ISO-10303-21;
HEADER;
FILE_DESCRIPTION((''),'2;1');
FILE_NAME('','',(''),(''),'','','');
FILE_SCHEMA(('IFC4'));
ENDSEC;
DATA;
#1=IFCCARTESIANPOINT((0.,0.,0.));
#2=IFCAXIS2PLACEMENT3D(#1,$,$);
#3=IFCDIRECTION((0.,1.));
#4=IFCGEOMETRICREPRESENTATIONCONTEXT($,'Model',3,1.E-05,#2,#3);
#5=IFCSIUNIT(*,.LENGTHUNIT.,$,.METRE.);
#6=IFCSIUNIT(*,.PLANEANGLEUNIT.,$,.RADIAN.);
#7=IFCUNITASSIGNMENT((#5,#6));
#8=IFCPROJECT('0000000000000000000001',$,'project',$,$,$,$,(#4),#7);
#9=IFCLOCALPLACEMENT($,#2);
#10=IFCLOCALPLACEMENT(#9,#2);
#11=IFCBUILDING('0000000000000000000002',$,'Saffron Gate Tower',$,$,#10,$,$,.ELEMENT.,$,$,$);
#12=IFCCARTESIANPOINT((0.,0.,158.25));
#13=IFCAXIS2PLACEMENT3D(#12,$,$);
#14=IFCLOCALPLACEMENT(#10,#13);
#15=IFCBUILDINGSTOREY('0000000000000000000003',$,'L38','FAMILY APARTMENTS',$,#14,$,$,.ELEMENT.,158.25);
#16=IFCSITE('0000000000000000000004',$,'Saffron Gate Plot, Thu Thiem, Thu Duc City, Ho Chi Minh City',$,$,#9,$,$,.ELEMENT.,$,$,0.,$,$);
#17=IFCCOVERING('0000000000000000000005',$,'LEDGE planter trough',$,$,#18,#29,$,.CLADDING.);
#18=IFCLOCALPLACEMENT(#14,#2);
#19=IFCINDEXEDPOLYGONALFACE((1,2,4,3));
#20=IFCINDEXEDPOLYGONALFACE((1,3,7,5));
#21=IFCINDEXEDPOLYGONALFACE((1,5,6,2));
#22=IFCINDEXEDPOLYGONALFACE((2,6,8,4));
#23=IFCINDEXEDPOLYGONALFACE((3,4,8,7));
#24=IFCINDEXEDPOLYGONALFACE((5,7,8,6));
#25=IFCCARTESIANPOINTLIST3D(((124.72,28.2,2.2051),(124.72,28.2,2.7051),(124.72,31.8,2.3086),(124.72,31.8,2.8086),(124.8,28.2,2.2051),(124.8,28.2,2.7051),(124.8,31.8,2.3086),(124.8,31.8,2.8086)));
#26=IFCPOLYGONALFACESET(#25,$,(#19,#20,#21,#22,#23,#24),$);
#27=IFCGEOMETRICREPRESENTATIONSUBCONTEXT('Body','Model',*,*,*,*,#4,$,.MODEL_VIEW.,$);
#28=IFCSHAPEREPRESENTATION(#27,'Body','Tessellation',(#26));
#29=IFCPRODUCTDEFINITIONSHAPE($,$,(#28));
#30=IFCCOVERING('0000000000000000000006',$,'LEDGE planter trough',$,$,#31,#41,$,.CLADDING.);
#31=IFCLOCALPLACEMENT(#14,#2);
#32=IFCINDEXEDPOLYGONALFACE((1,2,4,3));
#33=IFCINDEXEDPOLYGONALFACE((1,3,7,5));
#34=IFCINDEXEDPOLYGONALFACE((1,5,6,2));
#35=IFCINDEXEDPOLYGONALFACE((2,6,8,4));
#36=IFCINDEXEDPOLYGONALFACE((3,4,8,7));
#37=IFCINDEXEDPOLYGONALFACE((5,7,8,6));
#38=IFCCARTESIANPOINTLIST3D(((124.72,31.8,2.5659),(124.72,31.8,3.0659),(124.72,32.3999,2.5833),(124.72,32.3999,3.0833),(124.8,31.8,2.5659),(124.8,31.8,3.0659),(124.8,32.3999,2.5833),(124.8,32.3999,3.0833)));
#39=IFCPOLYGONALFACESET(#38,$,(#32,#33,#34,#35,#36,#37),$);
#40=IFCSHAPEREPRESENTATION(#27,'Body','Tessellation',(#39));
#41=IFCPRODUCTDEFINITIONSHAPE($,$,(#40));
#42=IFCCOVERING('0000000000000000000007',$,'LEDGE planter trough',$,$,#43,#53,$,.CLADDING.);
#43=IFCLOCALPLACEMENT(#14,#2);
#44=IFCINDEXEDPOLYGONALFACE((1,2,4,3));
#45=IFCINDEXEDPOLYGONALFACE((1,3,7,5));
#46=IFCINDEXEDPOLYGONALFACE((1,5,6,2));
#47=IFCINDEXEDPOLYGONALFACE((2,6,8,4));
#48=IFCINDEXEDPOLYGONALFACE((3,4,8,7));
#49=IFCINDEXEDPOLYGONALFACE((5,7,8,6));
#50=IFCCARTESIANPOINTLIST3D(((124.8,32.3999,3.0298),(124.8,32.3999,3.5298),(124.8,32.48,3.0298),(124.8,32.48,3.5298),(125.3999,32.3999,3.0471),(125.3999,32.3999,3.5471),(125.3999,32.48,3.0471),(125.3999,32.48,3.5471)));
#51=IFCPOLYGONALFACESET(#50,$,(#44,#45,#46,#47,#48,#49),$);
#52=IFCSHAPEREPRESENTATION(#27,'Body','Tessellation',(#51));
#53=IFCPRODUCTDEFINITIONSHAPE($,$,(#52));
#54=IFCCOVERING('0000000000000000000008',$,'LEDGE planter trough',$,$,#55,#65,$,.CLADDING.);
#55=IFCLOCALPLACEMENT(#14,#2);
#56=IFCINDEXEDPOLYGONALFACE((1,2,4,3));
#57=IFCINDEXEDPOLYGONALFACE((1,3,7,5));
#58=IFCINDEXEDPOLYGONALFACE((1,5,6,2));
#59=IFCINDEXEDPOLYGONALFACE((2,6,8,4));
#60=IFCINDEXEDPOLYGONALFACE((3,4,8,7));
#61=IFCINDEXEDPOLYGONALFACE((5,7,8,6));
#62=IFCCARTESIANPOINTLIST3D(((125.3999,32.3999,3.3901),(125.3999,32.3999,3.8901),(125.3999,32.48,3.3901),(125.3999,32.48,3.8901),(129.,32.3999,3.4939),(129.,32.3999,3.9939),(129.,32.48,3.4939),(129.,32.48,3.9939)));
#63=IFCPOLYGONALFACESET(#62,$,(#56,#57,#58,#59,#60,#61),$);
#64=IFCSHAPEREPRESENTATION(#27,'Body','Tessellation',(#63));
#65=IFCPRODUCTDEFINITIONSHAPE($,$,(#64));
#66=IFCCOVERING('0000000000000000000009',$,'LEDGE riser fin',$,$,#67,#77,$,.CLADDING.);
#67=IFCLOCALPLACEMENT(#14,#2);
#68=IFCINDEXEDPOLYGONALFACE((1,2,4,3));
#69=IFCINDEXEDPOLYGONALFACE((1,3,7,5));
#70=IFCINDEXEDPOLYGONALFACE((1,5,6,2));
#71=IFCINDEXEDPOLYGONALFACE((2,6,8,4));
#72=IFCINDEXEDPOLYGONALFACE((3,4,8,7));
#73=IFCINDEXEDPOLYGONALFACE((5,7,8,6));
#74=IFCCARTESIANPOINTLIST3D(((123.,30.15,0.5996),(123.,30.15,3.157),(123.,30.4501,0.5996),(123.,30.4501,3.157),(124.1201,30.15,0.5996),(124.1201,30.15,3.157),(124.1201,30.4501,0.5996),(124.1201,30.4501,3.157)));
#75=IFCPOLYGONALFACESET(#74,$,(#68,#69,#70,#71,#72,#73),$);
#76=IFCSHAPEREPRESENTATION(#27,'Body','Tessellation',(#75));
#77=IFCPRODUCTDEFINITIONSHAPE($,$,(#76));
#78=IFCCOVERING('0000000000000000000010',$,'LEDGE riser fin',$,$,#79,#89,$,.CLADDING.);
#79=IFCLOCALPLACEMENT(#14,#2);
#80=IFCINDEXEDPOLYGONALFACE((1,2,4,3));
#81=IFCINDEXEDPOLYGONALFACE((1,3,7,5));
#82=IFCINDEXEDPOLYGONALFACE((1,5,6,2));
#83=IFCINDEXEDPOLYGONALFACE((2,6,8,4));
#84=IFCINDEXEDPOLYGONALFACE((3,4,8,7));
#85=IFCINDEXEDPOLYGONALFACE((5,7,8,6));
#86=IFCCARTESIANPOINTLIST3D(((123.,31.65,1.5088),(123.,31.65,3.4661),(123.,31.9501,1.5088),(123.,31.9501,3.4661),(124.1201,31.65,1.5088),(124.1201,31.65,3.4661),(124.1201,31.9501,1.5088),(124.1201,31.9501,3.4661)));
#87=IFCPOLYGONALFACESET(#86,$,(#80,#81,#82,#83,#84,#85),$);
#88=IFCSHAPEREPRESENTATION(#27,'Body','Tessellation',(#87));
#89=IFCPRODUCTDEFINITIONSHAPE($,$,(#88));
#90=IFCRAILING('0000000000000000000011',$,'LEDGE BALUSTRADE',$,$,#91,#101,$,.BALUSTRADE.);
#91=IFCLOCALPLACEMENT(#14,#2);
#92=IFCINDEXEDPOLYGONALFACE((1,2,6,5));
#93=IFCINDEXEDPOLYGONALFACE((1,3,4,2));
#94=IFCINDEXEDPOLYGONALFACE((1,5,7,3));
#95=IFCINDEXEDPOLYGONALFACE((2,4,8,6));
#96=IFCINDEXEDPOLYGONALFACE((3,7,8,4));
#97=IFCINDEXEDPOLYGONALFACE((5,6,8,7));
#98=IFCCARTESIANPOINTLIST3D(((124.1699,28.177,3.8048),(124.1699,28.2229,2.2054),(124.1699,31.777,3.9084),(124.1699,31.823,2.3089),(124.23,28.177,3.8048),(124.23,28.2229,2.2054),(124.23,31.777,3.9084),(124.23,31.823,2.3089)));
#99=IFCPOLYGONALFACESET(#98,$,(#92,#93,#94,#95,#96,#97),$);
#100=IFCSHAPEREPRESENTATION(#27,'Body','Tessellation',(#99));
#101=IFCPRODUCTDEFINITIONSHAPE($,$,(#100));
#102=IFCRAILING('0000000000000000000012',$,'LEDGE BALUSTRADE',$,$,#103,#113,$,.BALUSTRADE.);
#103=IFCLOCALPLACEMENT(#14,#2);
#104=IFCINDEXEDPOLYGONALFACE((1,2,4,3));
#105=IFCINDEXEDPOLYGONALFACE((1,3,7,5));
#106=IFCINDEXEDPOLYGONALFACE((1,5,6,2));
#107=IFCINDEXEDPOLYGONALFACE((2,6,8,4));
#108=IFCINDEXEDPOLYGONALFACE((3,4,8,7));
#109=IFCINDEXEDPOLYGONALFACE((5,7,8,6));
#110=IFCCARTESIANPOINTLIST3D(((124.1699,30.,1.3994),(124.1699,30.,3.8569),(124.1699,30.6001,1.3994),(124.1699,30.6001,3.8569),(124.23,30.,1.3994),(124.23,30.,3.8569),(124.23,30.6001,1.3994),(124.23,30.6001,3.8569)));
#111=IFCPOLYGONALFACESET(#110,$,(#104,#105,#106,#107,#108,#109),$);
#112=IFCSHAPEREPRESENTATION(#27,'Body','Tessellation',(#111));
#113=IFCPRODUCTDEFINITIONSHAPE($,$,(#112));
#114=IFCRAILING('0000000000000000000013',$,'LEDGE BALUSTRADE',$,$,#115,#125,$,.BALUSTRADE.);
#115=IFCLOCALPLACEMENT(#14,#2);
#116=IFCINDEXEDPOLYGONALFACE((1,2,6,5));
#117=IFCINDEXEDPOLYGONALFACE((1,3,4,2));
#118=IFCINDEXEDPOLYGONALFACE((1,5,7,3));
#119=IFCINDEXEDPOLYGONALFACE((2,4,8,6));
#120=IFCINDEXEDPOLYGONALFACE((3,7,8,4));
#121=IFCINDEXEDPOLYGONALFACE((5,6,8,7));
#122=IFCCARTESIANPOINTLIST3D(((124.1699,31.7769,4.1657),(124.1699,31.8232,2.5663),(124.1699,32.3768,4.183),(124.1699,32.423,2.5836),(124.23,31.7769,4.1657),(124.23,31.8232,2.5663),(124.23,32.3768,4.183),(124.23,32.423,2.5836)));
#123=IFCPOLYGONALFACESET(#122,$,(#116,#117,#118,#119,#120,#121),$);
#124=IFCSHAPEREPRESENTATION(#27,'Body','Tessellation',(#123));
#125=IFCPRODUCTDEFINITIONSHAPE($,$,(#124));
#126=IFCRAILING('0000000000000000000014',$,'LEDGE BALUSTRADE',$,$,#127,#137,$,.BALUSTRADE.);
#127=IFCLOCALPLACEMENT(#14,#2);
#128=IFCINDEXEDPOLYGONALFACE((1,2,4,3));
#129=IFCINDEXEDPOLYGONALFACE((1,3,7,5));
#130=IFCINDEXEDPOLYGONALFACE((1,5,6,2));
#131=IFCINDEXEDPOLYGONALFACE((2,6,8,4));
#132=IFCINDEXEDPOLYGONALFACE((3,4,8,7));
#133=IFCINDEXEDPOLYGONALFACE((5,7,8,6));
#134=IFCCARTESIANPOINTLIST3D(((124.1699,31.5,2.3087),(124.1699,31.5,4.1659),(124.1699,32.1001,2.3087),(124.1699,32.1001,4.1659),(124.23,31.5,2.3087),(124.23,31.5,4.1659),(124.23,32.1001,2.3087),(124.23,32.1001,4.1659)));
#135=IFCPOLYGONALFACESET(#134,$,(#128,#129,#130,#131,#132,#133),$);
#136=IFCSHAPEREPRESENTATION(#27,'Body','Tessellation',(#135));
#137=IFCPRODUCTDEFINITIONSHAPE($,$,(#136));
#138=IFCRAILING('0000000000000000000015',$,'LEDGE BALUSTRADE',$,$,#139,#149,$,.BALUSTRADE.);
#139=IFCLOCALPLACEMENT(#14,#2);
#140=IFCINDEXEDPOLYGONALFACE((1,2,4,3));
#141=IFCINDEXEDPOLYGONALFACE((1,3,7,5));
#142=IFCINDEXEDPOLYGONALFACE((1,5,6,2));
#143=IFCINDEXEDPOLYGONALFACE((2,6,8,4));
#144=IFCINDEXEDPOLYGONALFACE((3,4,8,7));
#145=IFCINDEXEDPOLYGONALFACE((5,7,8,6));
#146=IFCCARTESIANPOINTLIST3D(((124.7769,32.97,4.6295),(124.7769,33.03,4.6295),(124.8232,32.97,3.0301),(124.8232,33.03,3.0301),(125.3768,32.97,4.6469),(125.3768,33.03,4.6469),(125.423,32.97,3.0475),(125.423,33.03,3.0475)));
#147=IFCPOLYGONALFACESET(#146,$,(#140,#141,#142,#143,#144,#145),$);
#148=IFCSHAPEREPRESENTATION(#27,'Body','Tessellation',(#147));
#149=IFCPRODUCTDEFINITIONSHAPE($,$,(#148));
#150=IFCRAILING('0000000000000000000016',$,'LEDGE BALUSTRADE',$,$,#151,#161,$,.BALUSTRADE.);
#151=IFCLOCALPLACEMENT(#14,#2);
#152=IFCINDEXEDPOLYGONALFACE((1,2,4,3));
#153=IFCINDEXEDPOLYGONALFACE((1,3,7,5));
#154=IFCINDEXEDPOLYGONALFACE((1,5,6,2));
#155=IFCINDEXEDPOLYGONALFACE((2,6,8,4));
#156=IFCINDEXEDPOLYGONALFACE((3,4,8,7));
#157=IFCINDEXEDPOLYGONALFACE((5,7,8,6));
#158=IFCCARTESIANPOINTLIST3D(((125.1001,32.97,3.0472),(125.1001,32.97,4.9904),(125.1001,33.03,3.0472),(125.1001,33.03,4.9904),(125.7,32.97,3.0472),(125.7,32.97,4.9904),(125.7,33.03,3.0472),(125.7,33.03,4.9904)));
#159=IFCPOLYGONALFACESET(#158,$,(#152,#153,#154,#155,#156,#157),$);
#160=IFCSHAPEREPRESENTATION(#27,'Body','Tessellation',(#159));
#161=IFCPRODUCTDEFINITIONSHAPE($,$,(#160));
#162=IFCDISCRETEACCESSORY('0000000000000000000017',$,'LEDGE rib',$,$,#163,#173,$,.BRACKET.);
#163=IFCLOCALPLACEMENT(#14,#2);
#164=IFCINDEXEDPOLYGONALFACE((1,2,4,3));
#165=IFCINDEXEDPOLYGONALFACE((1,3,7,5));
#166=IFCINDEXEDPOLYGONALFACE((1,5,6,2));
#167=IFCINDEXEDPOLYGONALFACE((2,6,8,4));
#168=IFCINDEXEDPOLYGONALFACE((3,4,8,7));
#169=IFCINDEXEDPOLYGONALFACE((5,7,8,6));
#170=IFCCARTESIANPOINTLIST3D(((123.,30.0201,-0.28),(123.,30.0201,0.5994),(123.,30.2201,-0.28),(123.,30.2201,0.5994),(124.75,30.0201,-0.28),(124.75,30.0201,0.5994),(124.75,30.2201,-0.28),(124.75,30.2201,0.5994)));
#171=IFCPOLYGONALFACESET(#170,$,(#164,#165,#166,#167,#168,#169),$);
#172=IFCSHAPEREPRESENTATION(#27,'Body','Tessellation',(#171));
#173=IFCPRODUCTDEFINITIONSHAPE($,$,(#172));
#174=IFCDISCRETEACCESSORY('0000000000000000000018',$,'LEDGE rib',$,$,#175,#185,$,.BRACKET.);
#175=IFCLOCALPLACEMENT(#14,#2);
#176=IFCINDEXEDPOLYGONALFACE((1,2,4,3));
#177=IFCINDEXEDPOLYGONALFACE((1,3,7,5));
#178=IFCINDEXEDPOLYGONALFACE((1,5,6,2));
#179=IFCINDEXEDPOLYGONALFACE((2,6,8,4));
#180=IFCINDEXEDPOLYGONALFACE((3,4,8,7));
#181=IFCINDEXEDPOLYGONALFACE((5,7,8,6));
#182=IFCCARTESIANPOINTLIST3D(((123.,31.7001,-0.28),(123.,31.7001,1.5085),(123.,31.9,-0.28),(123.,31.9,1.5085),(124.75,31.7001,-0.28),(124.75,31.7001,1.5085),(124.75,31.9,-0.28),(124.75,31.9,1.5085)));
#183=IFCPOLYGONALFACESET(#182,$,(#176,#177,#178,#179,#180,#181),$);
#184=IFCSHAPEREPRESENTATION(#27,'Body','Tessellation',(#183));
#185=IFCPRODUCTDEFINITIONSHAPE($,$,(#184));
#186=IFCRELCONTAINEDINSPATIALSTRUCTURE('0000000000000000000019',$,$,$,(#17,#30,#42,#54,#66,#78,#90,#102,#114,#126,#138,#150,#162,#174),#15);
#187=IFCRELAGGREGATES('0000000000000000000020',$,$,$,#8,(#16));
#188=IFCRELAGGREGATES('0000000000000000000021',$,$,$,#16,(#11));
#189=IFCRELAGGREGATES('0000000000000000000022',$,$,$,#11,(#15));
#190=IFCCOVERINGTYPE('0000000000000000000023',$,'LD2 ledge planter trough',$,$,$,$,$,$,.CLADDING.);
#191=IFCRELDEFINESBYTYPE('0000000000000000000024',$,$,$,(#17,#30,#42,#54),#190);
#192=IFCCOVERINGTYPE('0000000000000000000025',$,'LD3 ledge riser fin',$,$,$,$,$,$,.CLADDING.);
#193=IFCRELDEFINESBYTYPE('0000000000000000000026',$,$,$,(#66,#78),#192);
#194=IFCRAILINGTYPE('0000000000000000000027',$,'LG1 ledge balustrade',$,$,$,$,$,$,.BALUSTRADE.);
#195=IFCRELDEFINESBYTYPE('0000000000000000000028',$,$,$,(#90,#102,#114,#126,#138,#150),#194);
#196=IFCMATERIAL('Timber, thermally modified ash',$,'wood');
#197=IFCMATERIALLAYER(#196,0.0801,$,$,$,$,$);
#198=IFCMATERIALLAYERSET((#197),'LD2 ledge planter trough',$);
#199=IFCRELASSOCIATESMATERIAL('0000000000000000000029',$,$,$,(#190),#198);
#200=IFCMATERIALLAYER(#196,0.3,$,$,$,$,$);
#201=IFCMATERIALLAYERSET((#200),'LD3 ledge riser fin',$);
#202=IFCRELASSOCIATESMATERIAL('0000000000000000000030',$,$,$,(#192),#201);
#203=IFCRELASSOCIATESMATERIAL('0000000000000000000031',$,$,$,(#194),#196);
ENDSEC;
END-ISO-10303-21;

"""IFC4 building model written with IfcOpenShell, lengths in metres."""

from ifc_helpers import new_model, si_unit, direction, frame, origin, origin_2d, place, context, subcontext, project, spatial, polyline, rectangle, outline, extrude, material, layer, layer_set, type_object, element, save


model = new_model("IFC4")

# Units and contexts
model_context = context("Model", 3, precision=1e-05, world=origin(), true_north=direction((0.0, 1.0)))
body_context = subcontext(model_context, "Body", "Model", "MODEL_VIEW")
ifc_project = project(units=[si_unit("LENGTHUNIT", "METRE"), si_unit("PLANEANGLEUNIT", "RADIAN")], contexts=[model_context])

# Site, building, storey
site_placement = place(None, origin())
site = spatial("IfcSite", under=ifc_project, at=site_placement, Name="Saffron Gate Plot, Thu Thiem, Thu Duc City, Ho Chi Minh City", CompositionType="ELEMENT", RefElevation=0.0)
building_placement = place(site_placement, origin())
building = spatial("IfcBuilding", under=site, at=building_placement, Name="Saffron Gate Tower", CompositionType="ELEMENT")
storey_placement = place(building_placement, frame((0.0, 0.0, 158.25)))
storey = spatial("IfcBuildingStorey", under=building, at=storey_placement, Name="L38", Description="FAMILY APARTMENTS", CompositionType="ELEMENT", Elevation=158.25)

# Coverings
ifc_material = material(Name="Timber, thermally modified ash", Category="wood")
ifc_layer_1 = layer(ifc_material, 0.0801)
ifc_layer_set_1 = layer_set([ifc_layer_1], Name="LD2 ledge planter trough")
covering_type_1 = type_object("IfcCoveringType", Name="LD2 ledge planter trough", PredefinedType="CLADDING", material=ifc_layer_set_1)
covering_1_placement = place(storey_placement, frame((124.8, 28.2, 2.2051), z_axis=(1.0, 0.0, 0.0), x_axis=(0.0, 0.999587, 0.028742)))
element("IfcCovering", 1, at=covering_1_placement, inside=storey, type_object=covering_type_1, Name="LEDGE planter trough", PredefinedType="CLADDING", context=body_context, shape_type="SweptSolid", body=[
    extrude(outline(polyline([(0.0, 0.0), (3.6016, 0.0), (3.616, 0.4998), (0.0144, 0.4998), (0.0, 0.0)])), origin(), (0.0, 0.0, -1.0), 0.0801),
])
for number, where, z_axis, x_axis, name in (
    (2, (124.8, 31.8, 2.5659), (1.0, 0.0, 0.0), (0.0, 0.999583, 0.028885), "LEDGE planter trough"),
    (3, (124.8, 32.3999, 3.0298), (0.0, -1.0, 0.0), (0.999583, 0.0, 0.028885), "LEDGE planter trough"),
):
    element("IfcCovering", number, at=place(storey_placement, frame(where, z_axis=z_axis, x_axis=x_axis)), inside=storey, type_object=covering_type_1, Name=name, PredefinedType="CLADDING", context=body_context, shape_type="SweptSolid", body=[
        extrude(outline(polyline([(0.0, 0.0), (0.6001, 0.0), (0.6145, 0.4998), (0.0144, 0.4998), (0.0, 0.0)])), origin(), (0.0, 0.0, -1.0), 0.0801),
    ])
covering_2_placement = place(storey_placement, frame((125.3999, 32.3999, 3.3901), z_axis=(0.0, -1.0, 0.0), x_axis=(0.999585, 0.0, 0.028809)))
element("IfcCovering", 4, at=covering_2_placement, inside=storey, type_object=covering_type_1, Name="LEDGE planter trough", PredefinedType="CLADDING", context=body_context, shape_type="SweptSolid", body=[
    extrude(outline(polyline([(0.0, 0.0), (3.6016, 0.0), (3.616, 0.4998), (0.0144, 0.4998), (0.0, 0.0)])), origin(), (0.0, 0.0, -1.0), 0.0801),
])
ifc_layer_2 = layer(ifc_material, 0.3)
ifc_layer_set_2 = layer_set([ifc_layer_2], Name="LD3 ledge riser fin")
covering_type_2 = type_object("IfcCoveringType", Name="LD3 ledge riser fin", PredefinedType="CLADDING", material=ifc_layer_set_2)
covering_3_placement = place(storey_placement, frame((123.5601, 30.3, 0.5996), z_axis=(0.0, 0.0, 1.0), x_axis=(0.0, 1.0, 0.0)))
element("IfcCovering", 5, at=covering_3_placement, inside=storey, type_object=covering_type_2, Name="LEDGE riser fin", PredefinedType="CLADDING", context=body_context, shape_type="SweptSolid", body=[
    extrude(rectangle(XDim=0.3, YDim=1.1201, at=origin_2d()), origin(), (0.0, 0.0, 1.0), 2.5574),
])
covering_4_placement = place(storey_placement, frame((123.5601, 31.8, 1.5088), z_axis=(0.0, 0.0, 1.0), x_axis=(0.0, 1.0, 0.0)))
element("IfcCovering", 6, at=covering_4_placement, inside=storey, type_object=covering_type_2, Name="LEDGE riser fin", PredefinedType="CLADDING", context=body_context, shape_type="SweptSolid", body=[
    extrude(rectangle(XDim=0.3, YDim=1.1201, at=origin_2d()), origin(), (0.0, 0.0, 1.0), 1.9573),
])

# Railings
railing_type = type_object("IfcRailingType", Name="LG1 ledge balustrade", PredefinedType="BALUSTRADE", material=ifc_material)
railing_1_placement = place(storey_placement, frame((124.2, 28.2, 2.2051)))
element("IfcRailing", 7, at=railing_1_placement, inside=storey, type_object=railing_type, Name="LEDGE BALUSTRADE", PredefinedType="BALUSTRADE", context=body_context, shape_type="SweptSolid", body=[
    extrude(rectangle(XDim=0.0601, YDim=1.6001, at=origin_2d()), frame((0.0, 0.0, 0.8), z_axis=(0.0, 0.999587, 0.028742), x_axis=(-1.0, 0.0, 0.0)), (0.0, 0.0, 1.0), 3.6016),
])
railing_2_placement = place(storey_placement, frame((124.2, 30.0, 1.3994)))
element("IfcRailing", 8, at=railing_2_placement, inside=storey, type_object=railing_type, Name="LEDGE BALUSTRADE", PredefinedType="BALUSTRADE", context=body_context, shape_type="SweptSolid", body=[
    extrude(rectangle(XDim=0.0601, YDim=2.4575, at=origin_2d()), frame((0.0, 0.0, 1.2288), z_axis=(0.0, 1.0, 0.0), x_axis=(-1.0, 0.0, 0.0)), (0.0, 0.0, 1.0), 0.6001),
])
railing_3_placement = place(storey_placement, frame((124.2, 31.8, 2.5659)))
element("IfcRailing", 9, at=railing_3_placement, inside=storey, type_object=railing_type, Name="LEDGE BALUSTRADE", PredefinedType="BALUSTRADE", context=body_context, shape_type="SweptSolid", body=[
    extrude(rectangle(XDim=0.0601, YDim=1.6001, at=origin_2d()), frame((0.0, 0.0, 0.8), z_axis=(0.0, 0.999583, 0.028885), x_axis=(-1.0, 0.0, 0.0)), (0.0, 0.0, 1.0), 0.6001),
])
railing_4_placement = place(storey_placement, frame((124.2, 31.5, 2.3086)))
element("IfcRailing", 10, at=railing_4_placement, inside=storey, type_object=railing_type, Name="LEDGE BALUSTRADE", PredefinedType="BALUSTRADE", context=body_context, shape_type="SweptSolid", body=[
    extrude(rectangle(XDim=0.0601, YDim=1.8572, at=origin_2d()), frame((0.0, 0.0, 0.9287), z_axis=(0.0, 1.0, 0.0), x_axis=(-1.0, 0.0, 0.0)), (0.0, 0.0, 1.0), 0.6001),
])
railing_5_placement = place(storey_placement, frame((124.8, 33.0, 3.0298)))
element("IfcRailing", 11, at=railing_5_placement, inside=storey, type_object=railing_type, Name="LEDGE BALUSTRADE", PredefinedType="BALUSTRADE", context=body_context, shape_type="SweptSolid", body=[
    extrude(rectangle(XDim=0.0601, YDim=1.6001, at=origin_2d()), frame((0.0, 0.0, 0.8), z_axis=(0.999583, 0.0, 0.028885), x_axis=(0.0, 1.0, 0.0)), (0.0, 0.0, 1.0), 0.6001),
])
railing_6_placement = place(storey_placement, frame((125.1001, 33.0, 3.0471)))
element("IfcRailing", 12, at=railing_6_placement, inside=storey, type_object=railing_type, Name="LEDGE BALUSTRADE", PredefinedType="BALUSTRADE", context=body_context, shape_type="SweptSolid", body=[
    extrude(rectangle(XDim=0.0601, YDim=1.9431, at=origin_2d()), frame((0.0, 0.0, 0.9717), z_axis=(1.0, 0.0, 0.0), x_axis=(0.0, 1.0, 0.0)), (0.0, 0.0, 1.0), 0.5999),
])

# Discrete accessories
discrete_accessory_1_placement = place(storey_placement, frame((123.875, 30.1201, -0.28), z_axis=(0.0, 0.0, 1.0), x_axis=(0.0, 1.0, 0.0)))
element("IfcDiscreteAccessory", 13, at=discrete_accessory_1_placement, inside=storey, Name="LEDGE rib", PredefinedType="BRACKET", context=body_context, shape_type="SweptSolid", body=[
    extrude(rectangle(XDim=0.2, YDim=1.75, at=origin_2d()), origin(), (0.0, 0.0, 1.0), 0.8794),
])
discrete_accessory_2_placement = place(storey_placement, frame((123.875, 31.8, -0.28), z_axis=(0.0, 0.0, 1.0), x_axis=(0.0, 1.0, 0.0)))
element("IfcDiscreteAccessory", 14, at=discrete_accessory_2_placement, inside=storey, Name="LEDGE rib", PredefinedType="BRACKET", context=body_context, shape_type="SweptSolid", body=[
    extrude(rectangle(XDim=0.2, YDim=1.75, at=origin_2d()), origin(), (0.0, 0.0, 1.0), 1.7886),
])

save(model, "model.ifc")
